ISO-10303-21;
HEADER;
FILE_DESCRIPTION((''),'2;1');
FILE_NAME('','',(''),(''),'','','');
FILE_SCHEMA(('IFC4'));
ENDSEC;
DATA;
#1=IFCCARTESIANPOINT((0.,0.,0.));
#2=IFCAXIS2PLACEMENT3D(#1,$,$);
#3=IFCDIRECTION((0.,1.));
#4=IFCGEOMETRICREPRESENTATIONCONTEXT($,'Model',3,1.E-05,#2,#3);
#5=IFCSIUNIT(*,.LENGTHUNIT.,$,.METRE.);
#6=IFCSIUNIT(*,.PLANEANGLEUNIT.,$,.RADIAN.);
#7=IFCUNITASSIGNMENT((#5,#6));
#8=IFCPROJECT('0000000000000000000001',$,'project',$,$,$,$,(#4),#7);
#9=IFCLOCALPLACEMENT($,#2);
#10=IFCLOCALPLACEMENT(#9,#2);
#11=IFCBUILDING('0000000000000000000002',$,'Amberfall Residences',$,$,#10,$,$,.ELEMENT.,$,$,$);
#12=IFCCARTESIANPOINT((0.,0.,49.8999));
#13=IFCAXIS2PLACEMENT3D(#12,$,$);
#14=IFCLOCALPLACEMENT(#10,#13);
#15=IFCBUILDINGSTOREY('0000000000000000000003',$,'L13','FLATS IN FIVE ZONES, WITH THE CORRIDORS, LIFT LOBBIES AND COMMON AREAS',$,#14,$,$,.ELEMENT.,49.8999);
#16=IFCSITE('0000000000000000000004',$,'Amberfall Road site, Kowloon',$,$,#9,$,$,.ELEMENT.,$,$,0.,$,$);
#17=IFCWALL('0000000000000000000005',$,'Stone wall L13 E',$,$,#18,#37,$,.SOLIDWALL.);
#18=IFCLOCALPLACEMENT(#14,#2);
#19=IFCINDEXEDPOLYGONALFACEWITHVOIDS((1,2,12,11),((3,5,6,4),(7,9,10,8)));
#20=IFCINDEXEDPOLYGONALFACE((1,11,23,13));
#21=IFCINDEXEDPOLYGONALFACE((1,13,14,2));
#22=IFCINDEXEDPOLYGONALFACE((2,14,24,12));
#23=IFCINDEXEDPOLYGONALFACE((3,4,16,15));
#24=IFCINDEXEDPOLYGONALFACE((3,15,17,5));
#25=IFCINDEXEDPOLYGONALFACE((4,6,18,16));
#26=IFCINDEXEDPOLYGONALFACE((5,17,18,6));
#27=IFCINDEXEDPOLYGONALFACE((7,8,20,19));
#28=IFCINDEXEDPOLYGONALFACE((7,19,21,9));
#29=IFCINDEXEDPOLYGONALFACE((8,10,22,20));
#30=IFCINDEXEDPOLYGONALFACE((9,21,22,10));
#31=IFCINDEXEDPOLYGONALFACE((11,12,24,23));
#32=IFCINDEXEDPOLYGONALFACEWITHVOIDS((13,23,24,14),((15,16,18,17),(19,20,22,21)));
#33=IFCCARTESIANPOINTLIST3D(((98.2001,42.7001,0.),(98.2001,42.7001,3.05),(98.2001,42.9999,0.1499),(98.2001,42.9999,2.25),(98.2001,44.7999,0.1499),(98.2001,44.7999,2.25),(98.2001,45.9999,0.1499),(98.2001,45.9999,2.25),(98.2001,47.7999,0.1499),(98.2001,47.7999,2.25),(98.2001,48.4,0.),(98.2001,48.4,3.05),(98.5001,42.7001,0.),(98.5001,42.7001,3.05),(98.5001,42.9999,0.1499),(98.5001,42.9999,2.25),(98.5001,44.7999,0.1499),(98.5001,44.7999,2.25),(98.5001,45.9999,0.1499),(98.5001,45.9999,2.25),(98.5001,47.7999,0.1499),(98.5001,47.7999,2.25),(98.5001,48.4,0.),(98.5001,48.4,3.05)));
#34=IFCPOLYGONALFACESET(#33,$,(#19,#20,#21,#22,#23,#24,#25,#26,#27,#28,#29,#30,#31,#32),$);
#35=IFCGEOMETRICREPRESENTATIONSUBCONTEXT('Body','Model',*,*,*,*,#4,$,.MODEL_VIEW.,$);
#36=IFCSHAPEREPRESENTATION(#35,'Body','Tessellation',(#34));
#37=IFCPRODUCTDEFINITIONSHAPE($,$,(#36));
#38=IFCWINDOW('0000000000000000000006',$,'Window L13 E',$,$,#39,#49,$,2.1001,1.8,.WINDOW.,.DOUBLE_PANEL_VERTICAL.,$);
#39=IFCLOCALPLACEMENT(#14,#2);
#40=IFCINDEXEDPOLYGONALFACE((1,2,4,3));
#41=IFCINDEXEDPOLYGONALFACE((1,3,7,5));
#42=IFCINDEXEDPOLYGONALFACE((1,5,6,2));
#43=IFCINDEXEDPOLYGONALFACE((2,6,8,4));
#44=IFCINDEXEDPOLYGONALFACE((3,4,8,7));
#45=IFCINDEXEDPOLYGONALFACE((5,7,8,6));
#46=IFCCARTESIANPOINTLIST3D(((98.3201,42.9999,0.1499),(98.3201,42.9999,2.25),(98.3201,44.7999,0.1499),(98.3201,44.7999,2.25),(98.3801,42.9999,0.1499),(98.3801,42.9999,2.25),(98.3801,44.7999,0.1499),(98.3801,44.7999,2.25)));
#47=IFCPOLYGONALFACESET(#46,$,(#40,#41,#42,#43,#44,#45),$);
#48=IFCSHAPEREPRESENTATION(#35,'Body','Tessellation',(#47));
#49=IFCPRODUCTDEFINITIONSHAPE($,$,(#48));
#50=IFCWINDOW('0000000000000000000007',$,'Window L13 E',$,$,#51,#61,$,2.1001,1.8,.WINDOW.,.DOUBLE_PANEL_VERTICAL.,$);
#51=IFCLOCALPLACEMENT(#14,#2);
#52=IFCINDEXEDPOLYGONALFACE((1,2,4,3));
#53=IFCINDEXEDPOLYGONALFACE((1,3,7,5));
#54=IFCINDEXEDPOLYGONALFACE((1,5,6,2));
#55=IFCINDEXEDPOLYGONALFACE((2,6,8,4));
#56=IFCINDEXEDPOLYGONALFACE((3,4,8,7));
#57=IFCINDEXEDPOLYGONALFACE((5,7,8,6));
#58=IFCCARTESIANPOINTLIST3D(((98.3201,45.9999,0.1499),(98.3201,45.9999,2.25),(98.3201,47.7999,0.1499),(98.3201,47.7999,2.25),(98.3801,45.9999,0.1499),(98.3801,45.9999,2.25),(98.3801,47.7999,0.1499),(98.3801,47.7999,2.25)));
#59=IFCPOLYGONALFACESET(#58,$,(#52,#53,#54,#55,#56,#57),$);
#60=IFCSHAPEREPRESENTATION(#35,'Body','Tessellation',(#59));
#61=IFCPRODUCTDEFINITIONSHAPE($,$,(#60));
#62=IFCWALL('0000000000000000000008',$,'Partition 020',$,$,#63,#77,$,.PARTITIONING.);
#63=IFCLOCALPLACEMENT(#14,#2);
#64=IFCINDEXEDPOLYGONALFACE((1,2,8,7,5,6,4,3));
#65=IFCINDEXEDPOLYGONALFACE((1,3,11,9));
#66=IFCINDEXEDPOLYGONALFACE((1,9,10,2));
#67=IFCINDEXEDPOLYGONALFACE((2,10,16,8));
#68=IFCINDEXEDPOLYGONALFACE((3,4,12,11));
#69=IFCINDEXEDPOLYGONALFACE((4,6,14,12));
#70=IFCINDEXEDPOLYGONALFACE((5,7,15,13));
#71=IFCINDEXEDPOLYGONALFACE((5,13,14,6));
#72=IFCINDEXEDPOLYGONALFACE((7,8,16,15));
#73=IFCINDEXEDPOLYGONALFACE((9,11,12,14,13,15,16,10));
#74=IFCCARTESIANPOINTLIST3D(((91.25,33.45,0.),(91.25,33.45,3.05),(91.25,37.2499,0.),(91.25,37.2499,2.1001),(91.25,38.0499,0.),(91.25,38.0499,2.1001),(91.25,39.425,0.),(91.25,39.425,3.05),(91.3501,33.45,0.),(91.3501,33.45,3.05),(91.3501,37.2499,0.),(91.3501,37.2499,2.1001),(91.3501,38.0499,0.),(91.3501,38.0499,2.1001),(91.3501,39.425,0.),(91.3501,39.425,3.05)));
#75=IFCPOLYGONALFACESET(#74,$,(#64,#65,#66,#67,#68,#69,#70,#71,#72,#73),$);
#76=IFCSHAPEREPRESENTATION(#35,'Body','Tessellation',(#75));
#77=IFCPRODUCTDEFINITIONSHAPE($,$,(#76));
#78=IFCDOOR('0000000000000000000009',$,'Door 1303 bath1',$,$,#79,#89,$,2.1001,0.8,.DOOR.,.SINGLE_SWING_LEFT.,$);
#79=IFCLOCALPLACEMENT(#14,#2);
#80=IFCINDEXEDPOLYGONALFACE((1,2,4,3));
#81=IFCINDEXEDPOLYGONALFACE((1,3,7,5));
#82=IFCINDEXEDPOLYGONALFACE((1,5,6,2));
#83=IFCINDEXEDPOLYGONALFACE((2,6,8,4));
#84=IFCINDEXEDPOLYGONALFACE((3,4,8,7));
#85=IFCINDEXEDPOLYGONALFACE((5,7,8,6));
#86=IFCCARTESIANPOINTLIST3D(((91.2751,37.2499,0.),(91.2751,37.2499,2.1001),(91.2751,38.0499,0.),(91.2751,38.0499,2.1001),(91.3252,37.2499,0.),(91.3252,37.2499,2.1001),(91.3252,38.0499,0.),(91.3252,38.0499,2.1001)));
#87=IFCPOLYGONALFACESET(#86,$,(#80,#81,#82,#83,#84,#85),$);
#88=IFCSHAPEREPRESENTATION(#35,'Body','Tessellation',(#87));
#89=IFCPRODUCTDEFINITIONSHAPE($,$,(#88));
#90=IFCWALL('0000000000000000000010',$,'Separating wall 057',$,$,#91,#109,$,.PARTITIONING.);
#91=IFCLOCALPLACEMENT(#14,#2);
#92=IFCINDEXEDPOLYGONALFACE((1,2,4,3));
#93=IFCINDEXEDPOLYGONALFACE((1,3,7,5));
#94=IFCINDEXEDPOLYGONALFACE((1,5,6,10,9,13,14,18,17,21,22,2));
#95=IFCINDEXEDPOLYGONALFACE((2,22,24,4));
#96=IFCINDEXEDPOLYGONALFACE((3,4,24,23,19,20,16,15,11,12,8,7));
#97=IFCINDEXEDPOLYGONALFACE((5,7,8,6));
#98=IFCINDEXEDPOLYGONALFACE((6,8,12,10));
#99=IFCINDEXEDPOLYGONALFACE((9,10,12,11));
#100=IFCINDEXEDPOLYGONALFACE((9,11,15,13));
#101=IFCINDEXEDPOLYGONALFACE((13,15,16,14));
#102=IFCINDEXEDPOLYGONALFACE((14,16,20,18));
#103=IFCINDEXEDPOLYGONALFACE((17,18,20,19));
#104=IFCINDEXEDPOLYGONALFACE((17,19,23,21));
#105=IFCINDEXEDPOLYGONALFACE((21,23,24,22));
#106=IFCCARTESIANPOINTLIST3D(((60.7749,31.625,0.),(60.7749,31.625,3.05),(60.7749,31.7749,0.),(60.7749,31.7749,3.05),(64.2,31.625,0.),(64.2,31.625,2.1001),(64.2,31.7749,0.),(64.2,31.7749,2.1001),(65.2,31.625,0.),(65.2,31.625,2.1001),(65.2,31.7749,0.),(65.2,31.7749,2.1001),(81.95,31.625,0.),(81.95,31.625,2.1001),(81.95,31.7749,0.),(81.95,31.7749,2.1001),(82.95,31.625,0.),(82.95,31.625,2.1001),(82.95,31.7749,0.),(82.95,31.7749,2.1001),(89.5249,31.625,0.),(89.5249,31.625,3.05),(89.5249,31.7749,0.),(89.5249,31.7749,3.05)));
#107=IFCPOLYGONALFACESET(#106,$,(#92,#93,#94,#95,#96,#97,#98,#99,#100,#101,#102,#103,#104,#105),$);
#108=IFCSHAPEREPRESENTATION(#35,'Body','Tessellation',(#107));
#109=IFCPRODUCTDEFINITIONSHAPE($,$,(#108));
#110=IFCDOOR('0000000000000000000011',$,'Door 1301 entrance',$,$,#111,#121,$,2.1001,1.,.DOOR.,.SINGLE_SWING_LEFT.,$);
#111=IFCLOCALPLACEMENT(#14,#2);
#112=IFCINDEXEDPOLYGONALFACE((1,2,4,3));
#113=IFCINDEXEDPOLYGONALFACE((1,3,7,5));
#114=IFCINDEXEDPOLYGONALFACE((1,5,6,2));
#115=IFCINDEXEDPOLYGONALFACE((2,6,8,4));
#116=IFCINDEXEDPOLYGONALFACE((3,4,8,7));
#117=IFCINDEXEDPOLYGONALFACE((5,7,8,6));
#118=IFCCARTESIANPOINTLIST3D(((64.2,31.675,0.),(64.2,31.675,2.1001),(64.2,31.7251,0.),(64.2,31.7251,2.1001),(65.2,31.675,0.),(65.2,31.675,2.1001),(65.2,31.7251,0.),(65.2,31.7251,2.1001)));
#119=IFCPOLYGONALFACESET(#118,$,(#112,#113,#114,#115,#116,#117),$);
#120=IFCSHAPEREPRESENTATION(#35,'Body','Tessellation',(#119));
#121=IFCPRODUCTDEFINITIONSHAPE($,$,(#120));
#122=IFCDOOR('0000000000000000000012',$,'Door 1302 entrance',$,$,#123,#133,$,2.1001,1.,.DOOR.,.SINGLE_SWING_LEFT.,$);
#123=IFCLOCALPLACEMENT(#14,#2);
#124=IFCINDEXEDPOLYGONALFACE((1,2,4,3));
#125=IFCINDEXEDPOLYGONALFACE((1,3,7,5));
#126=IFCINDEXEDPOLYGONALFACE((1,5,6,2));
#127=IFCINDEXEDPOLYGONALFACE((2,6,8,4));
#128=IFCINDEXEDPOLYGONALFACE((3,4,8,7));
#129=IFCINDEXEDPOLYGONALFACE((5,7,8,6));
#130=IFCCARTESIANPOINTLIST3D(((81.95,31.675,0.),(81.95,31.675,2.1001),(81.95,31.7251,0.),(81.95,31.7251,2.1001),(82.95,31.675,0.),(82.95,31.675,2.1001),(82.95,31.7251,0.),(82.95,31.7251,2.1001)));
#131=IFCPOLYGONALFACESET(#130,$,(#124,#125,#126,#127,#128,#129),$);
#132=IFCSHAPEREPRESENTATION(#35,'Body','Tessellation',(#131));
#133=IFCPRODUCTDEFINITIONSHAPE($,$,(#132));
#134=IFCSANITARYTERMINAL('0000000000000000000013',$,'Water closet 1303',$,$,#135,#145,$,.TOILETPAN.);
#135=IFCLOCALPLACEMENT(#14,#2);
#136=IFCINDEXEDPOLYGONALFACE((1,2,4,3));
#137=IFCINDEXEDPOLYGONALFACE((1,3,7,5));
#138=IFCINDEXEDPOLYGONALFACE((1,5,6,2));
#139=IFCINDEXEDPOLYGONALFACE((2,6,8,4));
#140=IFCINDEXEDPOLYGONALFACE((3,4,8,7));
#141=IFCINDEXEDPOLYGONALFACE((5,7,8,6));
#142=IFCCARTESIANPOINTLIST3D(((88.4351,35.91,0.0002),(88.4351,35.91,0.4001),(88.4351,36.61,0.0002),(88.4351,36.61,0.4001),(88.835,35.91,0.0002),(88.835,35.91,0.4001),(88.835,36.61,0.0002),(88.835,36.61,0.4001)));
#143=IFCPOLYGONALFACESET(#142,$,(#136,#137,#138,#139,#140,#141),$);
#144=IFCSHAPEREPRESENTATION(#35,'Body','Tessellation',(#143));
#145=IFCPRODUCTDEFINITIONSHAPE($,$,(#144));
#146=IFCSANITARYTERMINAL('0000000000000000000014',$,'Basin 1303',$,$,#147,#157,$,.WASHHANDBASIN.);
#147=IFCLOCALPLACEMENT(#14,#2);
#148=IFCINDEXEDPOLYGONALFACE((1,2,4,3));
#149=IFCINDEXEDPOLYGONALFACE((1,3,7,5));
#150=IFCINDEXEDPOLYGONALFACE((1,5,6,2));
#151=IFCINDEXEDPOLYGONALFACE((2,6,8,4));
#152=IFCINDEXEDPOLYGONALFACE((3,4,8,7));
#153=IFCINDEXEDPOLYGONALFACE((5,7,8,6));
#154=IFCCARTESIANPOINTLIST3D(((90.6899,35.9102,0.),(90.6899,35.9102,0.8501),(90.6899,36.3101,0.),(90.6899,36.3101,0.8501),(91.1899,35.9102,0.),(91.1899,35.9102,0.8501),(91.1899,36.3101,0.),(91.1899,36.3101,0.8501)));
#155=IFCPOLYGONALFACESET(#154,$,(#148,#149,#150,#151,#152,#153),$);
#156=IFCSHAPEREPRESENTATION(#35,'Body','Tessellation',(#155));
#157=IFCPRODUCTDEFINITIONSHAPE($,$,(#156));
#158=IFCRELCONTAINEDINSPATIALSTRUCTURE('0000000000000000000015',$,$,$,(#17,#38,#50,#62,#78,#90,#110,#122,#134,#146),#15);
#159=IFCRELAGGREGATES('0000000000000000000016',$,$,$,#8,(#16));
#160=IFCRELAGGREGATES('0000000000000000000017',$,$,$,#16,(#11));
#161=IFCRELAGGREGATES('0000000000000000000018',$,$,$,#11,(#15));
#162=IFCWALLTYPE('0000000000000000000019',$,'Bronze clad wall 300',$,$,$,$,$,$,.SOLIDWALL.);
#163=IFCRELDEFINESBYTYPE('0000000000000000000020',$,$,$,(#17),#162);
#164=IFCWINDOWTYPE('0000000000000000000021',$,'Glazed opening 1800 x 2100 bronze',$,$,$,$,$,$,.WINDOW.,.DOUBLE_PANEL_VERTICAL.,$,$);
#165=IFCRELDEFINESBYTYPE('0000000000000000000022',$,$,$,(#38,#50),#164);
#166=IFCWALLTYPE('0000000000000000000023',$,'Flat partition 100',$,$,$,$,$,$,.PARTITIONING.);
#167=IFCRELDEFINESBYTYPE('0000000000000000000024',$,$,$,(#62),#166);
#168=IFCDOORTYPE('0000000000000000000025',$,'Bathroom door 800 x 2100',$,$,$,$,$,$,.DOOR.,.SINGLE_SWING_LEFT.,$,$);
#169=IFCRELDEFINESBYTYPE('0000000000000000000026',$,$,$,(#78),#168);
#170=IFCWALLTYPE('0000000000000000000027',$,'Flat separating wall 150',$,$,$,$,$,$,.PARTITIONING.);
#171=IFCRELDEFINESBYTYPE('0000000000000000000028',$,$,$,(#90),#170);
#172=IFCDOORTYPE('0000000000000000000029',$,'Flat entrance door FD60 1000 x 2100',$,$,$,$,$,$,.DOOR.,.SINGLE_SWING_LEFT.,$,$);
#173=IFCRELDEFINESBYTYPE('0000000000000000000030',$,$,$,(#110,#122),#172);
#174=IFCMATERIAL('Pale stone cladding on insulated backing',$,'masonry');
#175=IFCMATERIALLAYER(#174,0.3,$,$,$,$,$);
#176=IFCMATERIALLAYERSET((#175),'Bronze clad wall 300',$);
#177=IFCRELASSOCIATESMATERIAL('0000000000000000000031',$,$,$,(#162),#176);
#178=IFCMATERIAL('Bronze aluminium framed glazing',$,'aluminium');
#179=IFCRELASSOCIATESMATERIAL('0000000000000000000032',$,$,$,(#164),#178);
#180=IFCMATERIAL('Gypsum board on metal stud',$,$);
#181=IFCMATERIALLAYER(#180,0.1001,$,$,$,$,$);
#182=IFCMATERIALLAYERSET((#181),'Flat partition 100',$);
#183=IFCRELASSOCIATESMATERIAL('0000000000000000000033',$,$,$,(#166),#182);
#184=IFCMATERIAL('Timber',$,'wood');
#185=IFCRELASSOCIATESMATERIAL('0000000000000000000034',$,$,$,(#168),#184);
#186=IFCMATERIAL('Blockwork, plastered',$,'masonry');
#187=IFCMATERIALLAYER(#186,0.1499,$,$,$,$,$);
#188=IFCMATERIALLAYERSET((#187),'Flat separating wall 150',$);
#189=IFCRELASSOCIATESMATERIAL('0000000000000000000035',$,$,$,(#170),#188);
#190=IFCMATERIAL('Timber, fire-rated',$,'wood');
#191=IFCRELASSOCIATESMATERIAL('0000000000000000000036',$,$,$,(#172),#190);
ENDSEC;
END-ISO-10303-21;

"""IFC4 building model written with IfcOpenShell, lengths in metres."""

from ifc_helpers import new_model, si_unit, direction, frame, frame_2d, origin, origin_2d, place, context, subcontext, project, spatial, rectangle, extrude, material, layer, layer_set, type_object, element, fill, save


model = new_model("IFC4")

# Units and contexts
model_context = context("Model", 3, precision=1e-05, world=origin(), true_north=direction((0.0, 1.0)))
body_context = subcontext(model_context, "Body", "Model", "MODEL_VIEW")
ifc_project = project(units=[si_unit("LENGTHUNIT", "METRE"), si_unit("PLANEANGLEUNIT", "RADIAN")], contexts=[model_context])

# Site, building, storey
site_placement = place(None, origin())
site = spatial("IfcSite", under=ifc_project, at=site_placement, Name="Amberfall Road site, Kowloon", CompositionType="ELEMENT", RefElevation=0.0)
building_placement = place(site_placement, origin())
building = spatial("IfcBuilding", under=site, at=building_placement, Name="Amberfall Residences", CompositionType="ELEMENT")
storey_placement = place(building_placement, frame((0.0, 0.0, 49.8999)))
storey = spatial("IfcBuildingStorey", under=building, at=storey_placement, Name="L13", Description="FLATS IN FIVE ZONES, WITH THE CORRIDORS, LIFT LOBBIES AND COMMON AREAS", CompositionType="ELEMENT", Elevation=49.8999)

# Shared definitions
ifc_material_1 = material(Name="Pale stone cladding on insulated backing", Category="masonry")
ifc_layer_1 = layer(ifc_material_1, 0.3)
ifc_layer_set_1 = layer_set([ifc_layer_1], Name="Bronze clad wall 300")
wall_type_1 = type_object("IfcWallType", Name="Bronze clad wall 300", PredefinedType="SOLIDWALL", material=ifc_layer_set_1)
ifc_material_2 = material(Name="Bronze aluminium framed glazing", Category="aluminium")

# Wall, openings, windows
window_type_1 = type_object("IfcWindowType", Name="Glazed opening 1800 x 2100 bronze", PartitioningType="DOUBLE_PANEL_VERTICAL", PredefinedType="WINDOW", material=ifc_material_2)
wall_1_placement = place(storey_placement, frame((98.3501, 42.7, 0.0), z_axis=(0.0, 0.0, 1.0), x_axis=(0.0, 1.0, 0.0)))
wall_1 = element("IfcWall", 1, at=wall_1_placement, inside=storey, type_object=wall_type_1, Name="Stone wall L13 E", PredefinedType="SOLIDWALL", context=body_context, shape_type="SweptSolid", body=[
    extrude(rectangle(XDim=5.7, YDim=0.3, at=frame_2d((2.8501, 0.0))), origin(), (0.0, 0.0, 1.0), 3.05),
])
opening_1_placement = place(wall_1_placement, frame((0.3, 0.0, 0.1499)))
opening_1 = element("IfcOpeningElement", 2, at=opening_1_placement, cuts=wall_1, PredefinedType="OPENING", context=body_context, shape_type="SweptSolid", body=[
    extrude(rectangle(XDim=1.8, YDim=2.1001, at=frame_2d((0.8999, 1.05))), frame((0.0, 0.1599, 0.0), z_axis=(0.0, -1.0, 0.0), x_axis=(1.0, 0.0, 0.0)), (0.0, 0.0, 1.0), 0.3201),
])
opening_2_placement = place(wall_1_placement, frame((3.3, 0.0, 0.1499)))
opening_2 = element("IfcOpeningElement", 3, at=opening_2_placement, cuts=wall_1, PredefinedType="OPENING", context=body_context, shape_type="SweptSolid", body=[
    extrude(rectangle(XDim=1.8, YDim=2.1001, at=frame_2d((0.8999, 1.05))), frame((0.0, 0.1599, 0.0), z_axis=(0.0, -1.0, 0.0), x_axis=(1.0, 0.0, 0.0)), (0.0, 0.0, 1.0), 0.3201),
])
window_1_placement = place(opening_1_placement, origin())
window_1 = element("IfcWindow", 4, at=window_1_placement, inside=storey, type_object=window_type_1, Name="Window L13 E", OverallHeight=2.1001, OverallWidth=1.8, PartitioningType="DOUBLE_PANEL_VERTICAL", PredefinedType="WINDOW", context=body_context, shape_type="SweptSolid", body=[
    extrude(rectangle(XDim=1.8, YDim=2.1001, at=frame_2d((0.8999, 1.05))), frame((0.0, 0.03, 0.0), z_axis=(0.0, -1.0, 0.0), x_axis=(1.0, 0.0, 0.0)), (0.0, 0.0, 1.0), 0.0601),
])
fill(opening_1, window_1)
window_2_placement = place(opening_2_placement, origin())
window_2 = element("IfcWindow", 5, at=window_2_placement, inside=storey, type_object=window_type_1, Name="Window L13 E", OverallHeight=2.1001, OverallWidth=1.8, PartitioningType="DOUBLE_PANEL_VERTICAL", PredefinedType="WINDOW", context=body_context, shape_type="SweptSolid", body=[
    extrude(rectangle(XDim=1.8, YDim=2.1001, at=frame_2d((0.8999, 1.05))), frame((0.0, 0.03, 0.0), z_axis=(0.0, -1.0, 0.0), x_axis=(1.0, 0.0, 0.0)), (0.0, 0.0, 1.0), 0.0601),
])
fill(opening_2, window_2)

# Wall, opening, door
ifc_material_3 = material(Name="Gypsum board on metal stud")
ifc_layer_2 = layer(ifc_material_3, 0.1001)
ifc_layer_set_2 = layer_set([ifc_layer_2], Name="Flat partition 100")
wall_type_2 = type_object("IfcWallType", Name="Flat partition 100", PredefinedType="PARTITIONING", material=ifc_layer_set_2)
wall_2_placement = place(storey_placement, frame((91.3, 33.45, 0.0), z_axis=(0.0, 0.0, 1.0), x_axis=(0.0, 1.0, 0.0)))
wall_2 = element("IfcWall", 6, at=wall_2_placement, inside=storey, type_object=wall_type_2, Name="Partition 020", PredefinedType="PARTITIONING", context=body_context, shape_type="SweptSolid", body=[
    extrude(rectangle(XDim=5.9751, YDim=0.1001, at=frame_2d((2.9875, 0.0))), origin(), (0.0, 0.0, 1.0), 3.05),
])
opening_3_placement = place(wall_2_placement, frame((3.8, 0.0, 0.0)))
opening_3 = element("IfcOpeningElement", 7, at=opening_3_placement, cuts=wall_2, PredefinedType="OPENING", context=body_context, shape_type="SweptSolid", body=[
    extrude(rectangle(XDim=0.8, YDim=2.1001, at=frame_2d((0.3999, 1.05))), frame((0.0, 0.0601, 0.0), z_axis=(0.0, -1.0, 0.0), x_axis=(1.0, 0.0, 0.0)), (0.0, 0.0, 1.0), 0.1201),
])
ifc_material_4 = material(Name="Timber", Category="wood")
door_type_1 = type_object("IfcDoorType", Name="Bathroom door 800 x 2100", OperationType="SINGLE_SWING_LEFT", PredefinedType="DOOR", material=ifc_material_4)
door_1_placement = place(opening_3_placement, origin())
door_1 = element("IfcDoor", 8, at=door_1_placement, inside=storey, type_object=door_type_1, Name="Door 1303 bath1", OperationType="SINGLE_SWING_LEFT", OverallHeight=2.1001, OverallWidth=0.8, PredefinedType="DOOR", context=body_context, shape_type="SweptSolid", body=[
    extrude(rectangle(XDim=0.8, YDim=2.1001, at=frame_2d((0.3999, 1.05))), frame((0.0, 0.0249, 0.0), z_axis=(0.0, -1.0, 0.0), x_axis=(1.0, 0.0, 0.0)), (0.0, 0.0, 1.0), 0.05),
])
fill(opening_3, door_1)

# Wall, openings, doors
ifc_material_5 = material(Name="Blockwork, plastered", Category="masonry")
ifc_layer_3 = layer(ifc_material_5, 0.1499)
ifc_layer_set_3 = layer_set([ifc_layer_3], Name="Flat separating wall 150")
wall_type_3 = type_object("IfcWallType", Name="Flat separating wall 150", PredefinedType="PARTITIONING", material=ifc_layer_set_3)
wall_3_placement = place(storey_placement, frame((89.5249, 31.7, 0.0), z_axis=(0.0, 0.0, 1.0), x_axis=(-1.0, 0.0, 0.0)))
wall_3 = element("IfcWall", 9, at=wall_3_placement, inside=storey, type_object=wall_type_3, Name="Separating wall 057", PredefinedType="PARTITIONING", context=body_context, shape_type="SweptSolid", body=[
    extrude(rectangle(XDim=28.75, YDim=0.1499, at=frame_2d((14.375, 0.0))), origin(), (0.0, 0.0, 1.0), 3.05),
])
opening_4_placement = place(wall_3_placement, frame((24.325, 0.0, 0.0)))
opening_4 = element("IfcOpeningElement", 10, at=opening_4_placement, cuts=wall_3, PredefinedType="OPENING", context=body_context, shape_type="SweptSolid", body=[
    extrude(rectangle(XDim=1.0, YDim=2.1001, at=frame_2d((0.5, 1.05))), frame((0.0, 0.085, 0.0), z_axis=(0.0, -1.0, 0.0), x_axis=(1.0, 0.0, 0.0)), (0.0, 0.0, 1.0), 0.1699),
])
opening_5_placement = place(wall_3_placement, frame((6.575, 0.0, 0.0)))
opening_5 = element("IfcOpeningElement", 11, at=opening_5_placement, cuts=wall_3, PredefinedType="OPENING", context=body_context, shape_type="SweptSolid", body=[
    extrude(rectangle(XDim=1.0, YDim=2.1001, at=frame_2d((0.5, 1.05))), frame((0.0, 0.085, 0.0), z_axis=(0.0, -1.0, 0.0), x_axis=(1.0, 0.0, 0.0)), (0.0, 0.0, 1.0), 0.1699),
])
ifc_material_6 = material(Name="Timber, fire-rated", Category="wood")
door_type_2 = type_object("IfcDoorType", Name="Flat entrance door FD60 1000 x 2100", OperationType="SINGLE_SWING_LEFT", PredefinedType="DOOR", material=ifc_material_6)
door_2_placement = place(opening_4_placement, origin())
door_2 = element("IfcDoor", 12, at=door_2_placement, inside=storey, type_object=door_type_2, Name="Door 1301 entrance", OperationType="SINGLE_SWING_LEFT", OverallHeight=2.1001, OverallWidth=1.0, PredefinedType="DOOR", context=body_context, shape_type="SweptSolid", body=[
    extrude(rectangle(XDim=1.0, YDim=2.1001, at=frame_2d((0.5, 1.05))), frame((0.0, 0.0249, 0.0), z_axis=(0.0, -1.0, 0.0), x_axis=(1.0, 0.0, 0.0)), (0.0, 0.0, 1.0), 0.05),
])
fill(opening_4, door_2)
door_3_placement = place(opening_5_placement, origin())
door_3 = element("IfcDoor", 13, at=door_3_placement, inside=storey, type_object=door_type_2, Name="Door 1302 entrance", OperationType="SINGLE_SWING_LEFT", OverallHeight=2.1001, OverallWidth=1.0, PredefinedType="DOOR", context=body_context, shape_type="SweptSolid", body=[
    extrude(rectangle(XDim=1.0, YDim=2.1001, at=frame_2d((0.5, 1.05))), frame((0.0, 0.0249, 0.0), z_axis=(0.0, -1.0, 0.0), x_axis=(1.0, 0.0, 0.0)), (0.0, 0.0, 1.0), 0.05),
])
fill(opening_5, door_3)

# Sanitary terminals
sanitary_terminal_1_placement = place(storey_placement, frame((88.635, 36.26, 0.0002), z_axis=(0.0, 0.0, 1.0), x_axis=(1.0, 0.0, 0.0)))
element("IfcSanitaryTerminal", 14, at=sanitary_terminal_1_placement, inside=storey, Name="Water closet 1303", PredefinedType="TOILETPAN", context=body_context, shape_type="SweptSolid", body=[
    extrude(rectangle(XDim=0.3999, YDim=0.7, at=origin_2d()), origin(), (0.0, 0.0, 1.0), 0.3999),
])
sanitary_terminal_2_placement = place(storey_placement, frame((90.9399, 36.1101, 0.0), z_axis=(0.0, 0.0, 1.0), x_axis=(1.0, 0.0, 0.0)))
element("IfcSanitaryTerminal", 15, at=sanitary_terminal_2_placement, inside=storey, Name="Basin 1303", PredefinedType="WASHHANDBASIN", context=body_context, shape_type="SweptSolid", body=[
    extrude(rectangle(XDim=0.5, YDim=0.3999, at=origin_2d()), origin(), (0.0, 0.0, 1.0), 0.8501),
])

save(model, "model.ifc")
